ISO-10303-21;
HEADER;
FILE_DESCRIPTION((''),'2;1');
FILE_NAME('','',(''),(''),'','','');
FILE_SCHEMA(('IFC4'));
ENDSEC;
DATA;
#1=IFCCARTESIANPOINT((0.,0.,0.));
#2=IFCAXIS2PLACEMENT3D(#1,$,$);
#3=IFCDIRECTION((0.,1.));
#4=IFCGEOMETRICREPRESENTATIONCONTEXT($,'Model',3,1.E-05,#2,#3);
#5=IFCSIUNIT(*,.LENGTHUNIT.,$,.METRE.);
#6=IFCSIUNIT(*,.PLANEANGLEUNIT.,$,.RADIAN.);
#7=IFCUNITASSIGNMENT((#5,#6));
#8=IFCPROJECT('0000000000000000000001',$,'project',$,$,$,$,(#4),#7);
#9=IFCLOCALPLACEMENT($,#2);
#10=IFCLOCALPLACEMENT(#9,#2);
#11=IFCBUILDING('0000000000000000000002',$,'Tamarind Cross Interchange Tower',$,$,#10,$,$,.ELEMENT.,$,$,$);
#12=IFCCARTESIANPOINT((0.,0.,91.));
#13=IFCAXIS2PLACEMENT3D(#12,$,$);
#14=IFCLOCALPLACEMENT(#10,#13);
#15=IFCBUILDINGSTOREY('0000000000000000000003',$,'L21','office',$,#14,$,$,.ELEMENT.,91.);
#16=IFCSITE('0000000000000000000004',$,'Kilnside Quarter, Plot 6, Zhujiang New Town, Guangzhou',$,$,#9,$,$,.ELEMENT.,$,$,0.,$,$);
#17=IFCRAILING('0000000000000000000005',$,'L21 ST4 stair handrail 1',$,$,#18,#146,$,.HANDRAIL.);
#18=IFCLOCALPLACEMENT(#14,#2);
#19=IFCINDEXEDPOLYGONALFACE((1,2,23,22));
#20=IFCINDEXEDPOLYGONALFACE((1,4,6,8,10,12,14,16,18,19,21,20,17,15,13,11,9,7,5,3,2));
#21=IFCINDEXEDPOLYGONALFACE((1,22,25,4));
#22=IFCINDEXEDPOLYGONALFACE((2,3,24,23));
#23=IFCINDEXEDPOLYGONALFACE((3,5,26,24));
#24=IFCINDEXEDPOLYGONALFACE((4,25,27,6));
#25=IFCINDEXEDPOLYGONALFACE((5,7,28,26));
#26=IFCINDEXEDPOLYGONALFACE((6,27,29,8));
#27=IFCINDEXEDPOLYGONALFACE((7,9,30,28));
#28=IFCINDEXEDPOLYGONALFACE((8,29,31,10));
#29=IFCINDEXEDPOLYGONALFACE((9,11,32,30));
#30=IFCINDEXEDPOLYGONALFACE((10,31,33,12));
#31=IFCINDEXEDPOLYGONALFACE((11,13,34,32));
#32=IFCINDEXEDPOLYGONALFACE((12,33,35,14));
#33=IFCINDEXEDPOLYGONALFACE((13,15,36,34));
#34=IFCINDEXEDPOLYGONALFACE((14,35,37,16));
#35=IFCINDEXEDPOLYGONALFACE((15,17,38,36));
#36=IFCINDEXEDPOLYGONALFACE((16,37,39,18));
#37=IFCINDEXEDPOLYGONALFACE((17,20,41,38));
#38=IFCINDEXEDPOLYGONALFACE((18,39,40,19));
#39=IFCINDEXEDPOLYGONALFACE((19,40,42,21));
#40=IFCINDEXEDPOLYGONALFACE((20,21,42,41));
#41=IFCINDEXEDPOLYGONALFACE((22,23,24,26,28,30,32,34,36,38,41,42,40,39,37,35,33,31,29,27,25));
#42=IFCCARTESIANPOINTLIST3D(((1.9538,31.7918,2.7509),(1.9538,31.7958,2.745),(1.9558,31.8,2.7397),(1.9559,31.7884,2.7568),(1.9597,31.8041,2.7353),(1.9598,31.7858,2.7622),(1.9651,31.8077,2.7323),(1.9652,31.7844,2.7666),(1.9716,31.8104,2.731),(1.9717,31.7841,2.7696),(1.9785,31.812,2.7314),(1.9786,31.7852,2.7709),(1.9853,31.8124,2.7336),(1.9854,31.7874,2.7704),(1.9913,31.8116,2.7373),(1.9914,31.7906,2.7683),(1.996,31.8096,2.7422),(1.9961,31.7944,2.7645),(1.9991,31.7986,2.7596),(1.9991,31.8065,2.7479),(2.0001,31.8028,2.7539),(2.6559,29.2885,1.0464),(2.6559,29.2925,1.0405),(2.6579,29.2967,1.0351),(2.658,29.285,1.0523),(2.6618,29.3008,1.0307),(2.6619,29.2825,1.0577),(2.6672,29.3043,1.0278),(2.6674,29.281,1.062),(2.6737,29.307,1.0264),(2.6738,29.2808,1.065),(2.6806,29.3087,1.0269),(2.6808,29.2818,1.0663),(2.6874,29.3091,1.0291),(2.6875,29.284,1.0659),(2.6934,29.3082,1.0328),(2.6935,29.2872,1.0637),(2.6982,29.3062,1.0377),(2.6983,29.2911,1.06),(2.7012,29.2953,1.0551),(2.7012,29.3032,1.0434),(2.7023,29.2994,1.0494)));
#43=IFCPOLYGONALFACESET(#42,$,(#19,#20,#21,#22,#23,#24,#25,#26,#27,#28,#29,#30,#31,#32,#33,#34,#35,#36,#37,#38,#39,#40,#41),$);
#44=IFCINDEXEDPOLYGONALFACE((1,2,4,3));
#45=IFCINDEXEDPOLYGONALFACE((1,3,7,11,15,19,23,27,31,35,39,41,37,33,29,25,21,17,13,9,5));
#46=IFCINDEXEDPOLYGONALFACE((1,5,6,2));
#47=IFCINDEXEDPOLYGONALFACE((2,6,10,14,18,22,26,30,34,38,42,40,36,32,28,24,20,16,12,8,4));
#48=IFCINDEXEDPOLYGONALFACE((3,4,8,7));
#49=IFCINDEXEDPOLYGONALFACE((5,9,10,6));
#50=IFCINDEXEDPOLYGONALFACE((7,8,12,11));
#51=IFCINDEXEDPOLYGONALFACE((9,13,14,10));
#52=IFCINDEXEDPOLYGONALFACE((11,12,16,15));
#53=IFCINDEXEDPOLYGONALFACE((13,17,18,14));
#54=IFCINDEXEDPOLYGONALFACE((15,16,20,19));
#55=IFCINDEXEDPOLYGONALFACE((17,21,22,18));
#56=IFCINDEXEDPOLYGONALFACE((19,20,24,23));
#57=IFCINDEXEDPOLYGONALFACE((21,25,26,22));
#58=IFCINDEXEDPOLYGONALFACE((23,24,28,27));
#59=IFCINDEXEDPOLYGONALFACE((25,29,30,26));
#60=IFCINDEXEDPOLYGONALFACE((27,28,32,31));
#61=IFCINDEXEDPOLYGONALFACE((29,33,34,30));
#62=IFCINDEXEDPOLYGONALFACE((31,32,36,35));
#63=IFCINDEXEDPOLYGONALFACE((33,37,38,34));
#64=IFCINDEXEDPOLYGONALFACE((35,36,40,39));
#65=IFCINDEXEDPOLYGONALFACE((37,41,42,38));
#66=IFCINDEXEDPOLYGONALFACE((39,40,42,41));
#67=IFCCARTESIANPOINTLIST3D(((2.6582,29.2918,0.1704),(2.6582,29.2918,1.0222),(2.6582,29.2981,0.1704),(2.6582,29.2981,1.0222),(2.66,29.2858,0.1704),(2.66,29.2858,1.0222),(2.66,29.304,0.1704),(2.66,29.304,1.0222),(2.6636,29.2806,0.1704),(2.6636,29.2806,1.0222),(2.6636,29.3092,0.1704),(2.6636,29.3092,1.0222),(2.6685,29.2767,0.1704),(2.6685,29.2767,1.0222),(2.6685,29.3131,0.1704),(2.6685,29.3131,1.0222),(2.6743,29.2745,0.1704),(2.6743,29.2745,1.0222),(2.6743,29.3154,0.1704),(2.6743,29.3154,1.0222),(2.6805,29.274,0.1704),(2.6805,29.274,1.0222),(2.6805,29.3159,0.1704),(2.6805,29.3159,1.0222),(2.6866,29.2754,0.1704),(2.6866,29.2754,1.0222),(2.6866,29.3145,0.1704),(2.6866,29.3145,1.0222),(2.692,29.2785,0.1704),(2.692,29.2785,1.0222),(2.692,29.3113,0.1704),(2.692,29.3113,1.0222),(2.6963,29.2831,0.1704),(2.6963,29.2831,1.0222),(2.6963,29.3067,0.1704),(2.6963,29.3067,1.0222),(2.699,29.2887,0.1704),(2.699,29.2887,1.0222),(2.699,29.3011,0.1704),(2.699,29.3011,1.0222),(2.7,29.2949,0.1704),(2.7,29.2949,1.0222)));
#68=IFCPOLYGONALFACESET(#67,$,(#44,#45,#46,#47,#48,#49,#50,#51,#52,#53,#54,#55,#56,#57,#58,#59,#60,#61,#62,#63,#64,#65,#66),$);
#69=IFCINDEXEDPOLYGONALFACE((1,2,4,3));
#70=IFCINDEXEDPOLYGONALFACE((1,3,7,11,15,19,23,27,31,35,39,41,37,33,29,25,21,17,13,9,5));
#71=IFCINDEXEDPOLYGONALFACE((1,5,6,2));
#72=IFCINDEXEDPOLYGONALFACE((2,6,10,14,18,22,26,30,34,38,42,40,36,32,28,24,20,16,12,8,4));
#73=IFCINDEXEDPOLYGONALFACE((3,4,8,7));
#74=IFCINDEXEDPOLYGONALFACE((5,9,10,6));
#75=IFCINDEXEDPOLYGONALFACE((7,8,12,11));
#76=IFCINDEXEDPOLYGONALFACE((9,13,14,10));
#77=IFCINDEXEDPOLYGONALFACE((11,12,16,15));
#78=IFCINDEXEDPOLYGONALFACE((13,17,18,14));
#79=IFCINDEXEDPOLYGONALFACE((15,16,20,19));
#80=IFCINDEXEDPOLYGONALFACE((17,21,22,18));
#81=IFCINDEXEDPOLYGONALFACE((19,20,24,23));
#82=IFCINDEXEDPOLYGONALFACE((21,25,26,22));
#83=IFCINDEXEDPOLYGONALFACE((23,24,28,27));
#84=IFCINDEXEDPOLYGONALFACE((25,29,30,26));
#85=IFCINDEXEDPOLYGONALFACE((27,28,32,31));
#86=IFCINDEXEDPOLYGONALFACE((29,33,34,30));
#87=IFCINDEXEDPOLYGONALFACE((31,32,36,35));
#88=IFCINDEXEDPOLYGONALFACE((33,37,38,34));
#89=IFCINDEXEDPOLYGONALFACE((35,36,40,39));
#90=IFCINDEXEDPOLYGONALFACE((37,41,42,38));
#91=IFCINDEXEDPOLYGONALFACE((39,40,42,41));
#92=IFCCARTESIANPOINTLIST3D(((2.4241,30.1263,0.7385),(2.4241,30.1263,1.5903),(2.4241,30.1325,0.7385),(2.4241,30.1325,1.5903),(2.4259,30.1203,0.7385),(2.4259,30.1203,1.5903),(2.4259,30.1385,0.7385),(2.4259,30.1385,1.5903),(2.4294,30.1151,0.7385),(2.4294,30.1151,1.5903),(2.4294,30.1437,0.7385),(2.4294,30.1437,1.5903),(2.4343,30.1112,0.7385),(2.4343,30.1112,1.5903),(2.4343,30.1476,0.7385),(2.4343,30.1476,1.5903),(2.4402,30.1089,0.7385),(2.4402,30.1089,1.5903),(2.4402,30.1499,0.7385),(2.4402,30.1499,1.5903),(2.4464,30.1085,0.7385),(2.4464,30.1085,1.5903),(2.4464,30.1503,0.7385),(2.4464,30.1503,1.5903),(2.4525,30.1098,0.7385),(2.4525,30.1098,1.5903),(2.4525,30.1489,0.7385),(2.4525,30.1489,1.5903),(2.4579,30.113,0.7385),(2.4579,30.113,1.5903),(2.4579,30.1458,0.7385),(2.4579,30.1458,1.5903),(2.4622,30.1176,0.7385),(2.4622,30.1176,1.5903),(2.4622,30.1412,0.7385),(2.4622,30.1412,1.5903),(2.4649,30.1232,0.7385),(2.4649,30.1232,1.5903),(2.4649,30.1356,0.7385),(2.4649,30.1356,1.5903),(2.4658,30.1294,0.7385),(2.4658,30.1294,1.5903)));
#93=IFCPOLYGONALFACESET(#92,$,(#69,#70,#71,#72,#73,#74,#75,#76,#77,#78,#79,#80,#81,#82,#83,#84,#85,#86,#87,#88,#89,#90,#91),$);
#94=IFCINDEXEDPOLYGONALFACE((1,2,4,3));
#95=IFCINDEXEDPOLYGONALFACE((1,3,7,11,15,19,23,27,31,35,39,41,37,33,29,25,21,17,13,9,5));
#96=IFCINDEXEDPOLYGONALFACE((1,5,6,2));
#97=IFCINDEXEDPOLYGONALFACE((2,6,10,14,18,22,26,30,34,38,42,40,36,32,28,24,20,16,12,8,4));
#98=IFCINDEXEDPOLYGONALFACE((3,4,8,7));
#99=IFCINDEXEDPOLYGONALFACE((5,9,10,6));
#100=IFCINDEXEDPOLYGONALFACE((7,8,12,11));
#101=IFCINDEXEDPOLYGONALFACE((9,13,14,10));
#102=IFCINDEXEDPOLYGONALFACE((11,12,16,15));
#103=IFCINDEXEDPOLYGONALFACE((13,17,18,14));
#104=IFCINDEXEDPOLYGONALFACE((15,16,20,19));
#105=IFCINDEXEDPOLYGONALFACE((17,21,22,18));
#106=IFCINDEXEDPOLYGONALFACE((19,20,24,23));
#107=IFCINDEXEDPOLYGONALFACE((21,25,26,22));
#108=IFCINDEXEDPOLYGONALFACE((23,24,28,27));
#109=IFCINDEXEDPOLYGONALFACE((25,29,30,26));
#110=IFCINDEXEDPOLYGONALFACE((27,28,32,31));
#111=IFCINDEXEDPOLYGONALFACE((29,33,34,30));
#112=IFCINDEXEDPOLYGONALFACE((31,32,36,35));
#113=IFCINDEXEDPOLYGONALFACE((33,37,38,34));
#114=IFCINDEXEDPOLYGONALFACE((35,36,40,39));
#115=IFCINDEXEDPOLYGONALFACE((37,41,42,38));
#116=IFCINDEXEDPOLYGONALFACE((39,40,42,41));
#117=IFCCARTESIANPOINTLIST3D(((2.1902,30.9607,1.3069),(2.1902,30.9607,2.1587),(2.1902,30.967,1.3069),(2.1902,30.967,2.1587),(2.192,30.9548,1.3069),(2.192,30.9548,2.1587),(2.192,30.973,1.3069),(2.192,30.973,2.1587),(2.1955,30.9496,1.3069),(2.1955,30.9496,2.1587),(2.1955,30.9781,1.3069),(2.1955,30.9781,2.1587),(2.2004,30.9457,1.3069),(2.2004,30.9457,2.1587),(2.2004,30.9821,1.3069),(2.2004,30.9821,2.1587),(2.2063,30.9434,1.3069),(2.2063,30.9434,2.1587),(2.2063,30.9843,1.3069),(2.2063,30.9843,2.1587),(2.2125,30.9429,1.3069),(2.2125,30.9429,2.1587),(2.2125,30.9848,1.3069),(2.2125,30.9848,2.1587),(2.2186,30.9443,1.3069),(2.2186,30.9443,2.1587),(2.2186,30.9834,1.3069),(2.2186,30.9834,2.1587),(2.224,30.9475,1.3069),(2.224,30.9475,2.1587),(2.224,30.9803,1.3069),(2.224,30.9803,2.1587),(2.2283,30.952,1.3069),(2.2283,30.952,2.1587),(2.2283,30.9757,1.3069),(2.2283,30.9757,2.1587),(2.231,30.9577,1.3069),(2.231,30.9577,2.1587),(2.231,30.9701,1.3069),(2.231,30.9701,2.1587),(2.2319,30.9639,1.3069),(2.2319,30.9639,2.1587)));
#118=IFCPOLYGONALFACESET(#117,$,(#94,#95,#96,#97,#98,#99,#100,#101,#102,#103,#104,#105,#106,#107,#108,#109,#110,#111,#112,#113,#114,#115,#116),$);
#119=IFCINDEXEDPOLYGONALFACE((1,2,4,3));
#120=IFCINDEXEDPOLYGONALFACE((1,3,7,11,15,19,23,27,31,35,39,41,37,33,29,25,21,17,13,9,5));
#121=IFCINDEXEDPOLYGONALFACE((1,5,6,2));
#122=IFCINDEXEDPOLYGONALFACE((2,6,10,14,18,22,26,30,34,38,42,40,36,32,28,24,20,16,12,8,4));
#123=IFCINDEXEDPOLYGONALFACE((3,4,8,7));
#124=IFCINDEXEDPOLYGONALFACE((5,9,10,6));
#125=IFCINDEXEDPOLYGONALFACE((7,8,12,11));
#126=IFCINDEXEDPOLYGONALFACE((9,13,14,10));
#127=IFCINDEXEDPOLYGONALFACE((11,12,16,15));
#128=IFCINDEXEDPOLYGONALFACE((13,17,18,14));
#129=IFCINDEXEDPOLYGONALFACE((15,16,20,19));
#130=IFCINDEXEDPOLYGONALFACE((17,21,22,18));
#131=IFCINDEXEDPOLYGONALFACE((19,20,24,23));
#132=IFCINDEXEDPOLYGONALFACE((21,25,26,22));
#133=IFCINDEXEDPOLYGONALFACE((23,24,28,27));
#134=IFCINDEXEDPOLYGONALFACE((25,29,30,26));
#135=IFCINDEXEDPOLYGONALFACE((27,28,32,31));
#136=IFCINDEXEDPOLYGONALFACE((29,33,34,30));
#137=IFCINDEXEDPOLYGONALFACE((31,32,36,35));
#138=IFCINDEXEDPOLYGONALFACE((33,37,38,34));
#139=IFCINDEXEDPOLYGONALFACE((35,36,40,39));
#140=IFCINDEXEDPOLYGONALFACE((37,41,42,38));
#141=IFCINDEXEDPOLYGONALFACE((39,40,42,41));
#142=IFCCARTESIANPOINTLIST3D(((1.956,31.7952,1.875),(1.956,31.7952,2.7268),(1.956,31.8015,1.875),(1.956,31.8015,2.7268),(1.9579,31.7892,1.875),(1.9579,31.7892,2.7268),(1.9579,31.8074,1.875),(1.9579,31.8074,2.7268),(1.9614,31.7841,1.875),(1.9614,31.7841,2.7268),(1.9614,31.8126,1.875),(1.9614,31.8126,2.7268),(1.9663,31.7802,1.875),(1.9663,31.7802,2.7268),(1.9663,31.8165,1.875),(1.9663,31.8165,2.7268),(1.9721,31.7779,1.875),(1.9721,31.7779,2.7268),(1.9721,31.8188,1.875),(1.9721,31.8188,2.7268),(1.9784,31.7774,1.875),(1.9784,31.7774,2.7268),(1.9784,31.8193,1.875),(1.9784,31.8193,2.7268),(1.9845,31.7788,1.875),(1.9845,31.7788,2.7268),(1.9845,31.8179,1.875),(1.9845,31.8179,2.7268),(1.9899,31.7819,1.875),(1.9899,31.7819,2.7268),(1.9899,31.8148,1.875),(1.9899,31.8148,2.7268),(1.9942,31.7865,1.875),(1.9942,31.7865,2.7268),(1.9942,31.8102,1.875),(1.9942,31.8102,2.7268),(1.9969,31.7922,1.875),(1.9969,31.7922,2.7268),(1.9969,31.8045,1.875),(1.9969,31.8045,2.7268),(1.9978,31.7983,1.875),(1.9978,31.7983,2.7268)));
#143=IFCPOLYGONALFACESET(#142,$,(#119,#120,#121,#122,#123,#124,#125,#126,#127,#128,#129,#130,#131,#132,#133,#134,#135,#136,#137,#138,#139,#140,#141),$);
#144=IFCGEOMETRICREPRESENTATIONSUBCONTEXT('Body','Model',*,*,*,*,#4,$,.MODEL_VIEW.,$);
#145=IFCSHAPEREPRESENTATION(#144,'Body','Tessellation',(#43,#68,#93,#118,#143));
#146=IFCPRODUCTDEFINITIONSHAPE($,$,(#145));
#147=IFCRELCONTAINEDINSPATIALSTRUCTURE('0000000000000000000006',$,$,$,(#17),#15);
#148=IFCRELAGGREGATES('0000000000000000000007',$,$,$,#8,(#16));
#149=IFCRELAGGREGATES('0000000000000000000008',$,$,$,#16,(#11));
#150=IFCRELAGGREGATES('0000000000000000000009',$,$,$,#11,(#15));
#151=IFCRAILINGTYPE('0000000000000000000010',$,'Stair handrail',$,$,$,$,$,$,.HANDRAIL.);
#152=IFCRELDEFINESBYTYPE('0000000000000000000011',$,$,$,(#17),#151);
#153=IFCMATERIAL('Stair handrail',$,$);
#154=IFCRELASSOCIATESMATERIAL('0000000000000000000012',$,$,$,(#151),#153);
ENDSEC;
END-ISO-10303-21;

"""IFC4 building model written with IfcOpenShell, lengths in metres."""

from ifc_helpers import new_model, si_unit, direction, frame, origin, origin_2d, place, context, subcontext, project, spatial, circle, extrude, material, type_object, element, save


model = new_model("IFC4")

# Units and contexts
model_context = context("Model", 3, precision=1e-05, world=origin(), true_north=direction((0.0, 1.0)))
body_context = subcontext(model_context, "Body", "Model", "MODEL_VIEW")
ifc_project = project(units=[si_unit("LENGTHUNIT", "METRE"), si_unit("PLANEANGLEUNIT", "RADIAN")], contexts=[model_context])

# Site, building, storey
site_placement = place(None, origin())
site = spatial("IfcSite", under=ifc_project, at=site_placement, Name="Kilnside Quarter, Plot 6, Zhujiang New Town, Guangzhou", CompositionType="ELEMENT", RefElevation=0.0)
building_placement = place(site_placement, origin())
building = spatial("IfcBuilding", under=site, at=building_placement, Name="Tamarind Cross Interchange Tower", CompositionType="ELEMENT")
storey_placement = place(building_placement, frame((0.0, 0.0, 91.0)))
storey = spatial("IfcBuildingStorey", under=building, at=storey_placement, Name="L21", Description="office", CompositionType="ELEMENT", Elevation=91.0)

# Railing
ifc_material_1 = material(Name="Stair handrail")
railing_type_1 = type_object("IfcRailingType", Name="Stair handrail", PredefinedType="HANDRAIL", material=ifc_material_1)
railing_1_placement = place(storey_placement, frame((2.679, 29.2949, 0.1704)))
element("IfcRailing", 1, at=railing_1_placement, inside=storey, type_object=railing_type_1, Name="L21 ST4 stair handrail 1", PredefinedType="HANDRAIL", context=body_context, shape_type="SweptSolid", body=[
    extrude(circle(Radius=0.0239, at=origin_2d()), frame((0.0, 0.0, 0.876), z_axis=(-0.225845, 0.805222, 0.54828), x_axis=(-0.962845, -0.270055, 0.0)), (0.0, 0.0, 1.0), 3.1089),
    extrude(circle(Radius=0.021, at=origin_2d()), origin(), (0.0, 0.0, 1.0), 0.8518),
    extrude(circle(Radius=0.021, at=origin_2d()), frame((-0.2341, 0.8345, 0.5681)), (0.0, 0.0, 1.0), 0.8518),
    extrude(circle(Radius=0.021, at=origin_2d()), frame((-0.468, 1.6689, 1.1365)), (0.0, 0.0, 1.0), 0.8518),
    extrude(circle(Radius=0.021, at=origin_2d()), frame((-0.7021, 2.5034, 1.7046)), (0.0, 0.0, 1.0), 0.8518),
])

save(model, "model.ifc")
